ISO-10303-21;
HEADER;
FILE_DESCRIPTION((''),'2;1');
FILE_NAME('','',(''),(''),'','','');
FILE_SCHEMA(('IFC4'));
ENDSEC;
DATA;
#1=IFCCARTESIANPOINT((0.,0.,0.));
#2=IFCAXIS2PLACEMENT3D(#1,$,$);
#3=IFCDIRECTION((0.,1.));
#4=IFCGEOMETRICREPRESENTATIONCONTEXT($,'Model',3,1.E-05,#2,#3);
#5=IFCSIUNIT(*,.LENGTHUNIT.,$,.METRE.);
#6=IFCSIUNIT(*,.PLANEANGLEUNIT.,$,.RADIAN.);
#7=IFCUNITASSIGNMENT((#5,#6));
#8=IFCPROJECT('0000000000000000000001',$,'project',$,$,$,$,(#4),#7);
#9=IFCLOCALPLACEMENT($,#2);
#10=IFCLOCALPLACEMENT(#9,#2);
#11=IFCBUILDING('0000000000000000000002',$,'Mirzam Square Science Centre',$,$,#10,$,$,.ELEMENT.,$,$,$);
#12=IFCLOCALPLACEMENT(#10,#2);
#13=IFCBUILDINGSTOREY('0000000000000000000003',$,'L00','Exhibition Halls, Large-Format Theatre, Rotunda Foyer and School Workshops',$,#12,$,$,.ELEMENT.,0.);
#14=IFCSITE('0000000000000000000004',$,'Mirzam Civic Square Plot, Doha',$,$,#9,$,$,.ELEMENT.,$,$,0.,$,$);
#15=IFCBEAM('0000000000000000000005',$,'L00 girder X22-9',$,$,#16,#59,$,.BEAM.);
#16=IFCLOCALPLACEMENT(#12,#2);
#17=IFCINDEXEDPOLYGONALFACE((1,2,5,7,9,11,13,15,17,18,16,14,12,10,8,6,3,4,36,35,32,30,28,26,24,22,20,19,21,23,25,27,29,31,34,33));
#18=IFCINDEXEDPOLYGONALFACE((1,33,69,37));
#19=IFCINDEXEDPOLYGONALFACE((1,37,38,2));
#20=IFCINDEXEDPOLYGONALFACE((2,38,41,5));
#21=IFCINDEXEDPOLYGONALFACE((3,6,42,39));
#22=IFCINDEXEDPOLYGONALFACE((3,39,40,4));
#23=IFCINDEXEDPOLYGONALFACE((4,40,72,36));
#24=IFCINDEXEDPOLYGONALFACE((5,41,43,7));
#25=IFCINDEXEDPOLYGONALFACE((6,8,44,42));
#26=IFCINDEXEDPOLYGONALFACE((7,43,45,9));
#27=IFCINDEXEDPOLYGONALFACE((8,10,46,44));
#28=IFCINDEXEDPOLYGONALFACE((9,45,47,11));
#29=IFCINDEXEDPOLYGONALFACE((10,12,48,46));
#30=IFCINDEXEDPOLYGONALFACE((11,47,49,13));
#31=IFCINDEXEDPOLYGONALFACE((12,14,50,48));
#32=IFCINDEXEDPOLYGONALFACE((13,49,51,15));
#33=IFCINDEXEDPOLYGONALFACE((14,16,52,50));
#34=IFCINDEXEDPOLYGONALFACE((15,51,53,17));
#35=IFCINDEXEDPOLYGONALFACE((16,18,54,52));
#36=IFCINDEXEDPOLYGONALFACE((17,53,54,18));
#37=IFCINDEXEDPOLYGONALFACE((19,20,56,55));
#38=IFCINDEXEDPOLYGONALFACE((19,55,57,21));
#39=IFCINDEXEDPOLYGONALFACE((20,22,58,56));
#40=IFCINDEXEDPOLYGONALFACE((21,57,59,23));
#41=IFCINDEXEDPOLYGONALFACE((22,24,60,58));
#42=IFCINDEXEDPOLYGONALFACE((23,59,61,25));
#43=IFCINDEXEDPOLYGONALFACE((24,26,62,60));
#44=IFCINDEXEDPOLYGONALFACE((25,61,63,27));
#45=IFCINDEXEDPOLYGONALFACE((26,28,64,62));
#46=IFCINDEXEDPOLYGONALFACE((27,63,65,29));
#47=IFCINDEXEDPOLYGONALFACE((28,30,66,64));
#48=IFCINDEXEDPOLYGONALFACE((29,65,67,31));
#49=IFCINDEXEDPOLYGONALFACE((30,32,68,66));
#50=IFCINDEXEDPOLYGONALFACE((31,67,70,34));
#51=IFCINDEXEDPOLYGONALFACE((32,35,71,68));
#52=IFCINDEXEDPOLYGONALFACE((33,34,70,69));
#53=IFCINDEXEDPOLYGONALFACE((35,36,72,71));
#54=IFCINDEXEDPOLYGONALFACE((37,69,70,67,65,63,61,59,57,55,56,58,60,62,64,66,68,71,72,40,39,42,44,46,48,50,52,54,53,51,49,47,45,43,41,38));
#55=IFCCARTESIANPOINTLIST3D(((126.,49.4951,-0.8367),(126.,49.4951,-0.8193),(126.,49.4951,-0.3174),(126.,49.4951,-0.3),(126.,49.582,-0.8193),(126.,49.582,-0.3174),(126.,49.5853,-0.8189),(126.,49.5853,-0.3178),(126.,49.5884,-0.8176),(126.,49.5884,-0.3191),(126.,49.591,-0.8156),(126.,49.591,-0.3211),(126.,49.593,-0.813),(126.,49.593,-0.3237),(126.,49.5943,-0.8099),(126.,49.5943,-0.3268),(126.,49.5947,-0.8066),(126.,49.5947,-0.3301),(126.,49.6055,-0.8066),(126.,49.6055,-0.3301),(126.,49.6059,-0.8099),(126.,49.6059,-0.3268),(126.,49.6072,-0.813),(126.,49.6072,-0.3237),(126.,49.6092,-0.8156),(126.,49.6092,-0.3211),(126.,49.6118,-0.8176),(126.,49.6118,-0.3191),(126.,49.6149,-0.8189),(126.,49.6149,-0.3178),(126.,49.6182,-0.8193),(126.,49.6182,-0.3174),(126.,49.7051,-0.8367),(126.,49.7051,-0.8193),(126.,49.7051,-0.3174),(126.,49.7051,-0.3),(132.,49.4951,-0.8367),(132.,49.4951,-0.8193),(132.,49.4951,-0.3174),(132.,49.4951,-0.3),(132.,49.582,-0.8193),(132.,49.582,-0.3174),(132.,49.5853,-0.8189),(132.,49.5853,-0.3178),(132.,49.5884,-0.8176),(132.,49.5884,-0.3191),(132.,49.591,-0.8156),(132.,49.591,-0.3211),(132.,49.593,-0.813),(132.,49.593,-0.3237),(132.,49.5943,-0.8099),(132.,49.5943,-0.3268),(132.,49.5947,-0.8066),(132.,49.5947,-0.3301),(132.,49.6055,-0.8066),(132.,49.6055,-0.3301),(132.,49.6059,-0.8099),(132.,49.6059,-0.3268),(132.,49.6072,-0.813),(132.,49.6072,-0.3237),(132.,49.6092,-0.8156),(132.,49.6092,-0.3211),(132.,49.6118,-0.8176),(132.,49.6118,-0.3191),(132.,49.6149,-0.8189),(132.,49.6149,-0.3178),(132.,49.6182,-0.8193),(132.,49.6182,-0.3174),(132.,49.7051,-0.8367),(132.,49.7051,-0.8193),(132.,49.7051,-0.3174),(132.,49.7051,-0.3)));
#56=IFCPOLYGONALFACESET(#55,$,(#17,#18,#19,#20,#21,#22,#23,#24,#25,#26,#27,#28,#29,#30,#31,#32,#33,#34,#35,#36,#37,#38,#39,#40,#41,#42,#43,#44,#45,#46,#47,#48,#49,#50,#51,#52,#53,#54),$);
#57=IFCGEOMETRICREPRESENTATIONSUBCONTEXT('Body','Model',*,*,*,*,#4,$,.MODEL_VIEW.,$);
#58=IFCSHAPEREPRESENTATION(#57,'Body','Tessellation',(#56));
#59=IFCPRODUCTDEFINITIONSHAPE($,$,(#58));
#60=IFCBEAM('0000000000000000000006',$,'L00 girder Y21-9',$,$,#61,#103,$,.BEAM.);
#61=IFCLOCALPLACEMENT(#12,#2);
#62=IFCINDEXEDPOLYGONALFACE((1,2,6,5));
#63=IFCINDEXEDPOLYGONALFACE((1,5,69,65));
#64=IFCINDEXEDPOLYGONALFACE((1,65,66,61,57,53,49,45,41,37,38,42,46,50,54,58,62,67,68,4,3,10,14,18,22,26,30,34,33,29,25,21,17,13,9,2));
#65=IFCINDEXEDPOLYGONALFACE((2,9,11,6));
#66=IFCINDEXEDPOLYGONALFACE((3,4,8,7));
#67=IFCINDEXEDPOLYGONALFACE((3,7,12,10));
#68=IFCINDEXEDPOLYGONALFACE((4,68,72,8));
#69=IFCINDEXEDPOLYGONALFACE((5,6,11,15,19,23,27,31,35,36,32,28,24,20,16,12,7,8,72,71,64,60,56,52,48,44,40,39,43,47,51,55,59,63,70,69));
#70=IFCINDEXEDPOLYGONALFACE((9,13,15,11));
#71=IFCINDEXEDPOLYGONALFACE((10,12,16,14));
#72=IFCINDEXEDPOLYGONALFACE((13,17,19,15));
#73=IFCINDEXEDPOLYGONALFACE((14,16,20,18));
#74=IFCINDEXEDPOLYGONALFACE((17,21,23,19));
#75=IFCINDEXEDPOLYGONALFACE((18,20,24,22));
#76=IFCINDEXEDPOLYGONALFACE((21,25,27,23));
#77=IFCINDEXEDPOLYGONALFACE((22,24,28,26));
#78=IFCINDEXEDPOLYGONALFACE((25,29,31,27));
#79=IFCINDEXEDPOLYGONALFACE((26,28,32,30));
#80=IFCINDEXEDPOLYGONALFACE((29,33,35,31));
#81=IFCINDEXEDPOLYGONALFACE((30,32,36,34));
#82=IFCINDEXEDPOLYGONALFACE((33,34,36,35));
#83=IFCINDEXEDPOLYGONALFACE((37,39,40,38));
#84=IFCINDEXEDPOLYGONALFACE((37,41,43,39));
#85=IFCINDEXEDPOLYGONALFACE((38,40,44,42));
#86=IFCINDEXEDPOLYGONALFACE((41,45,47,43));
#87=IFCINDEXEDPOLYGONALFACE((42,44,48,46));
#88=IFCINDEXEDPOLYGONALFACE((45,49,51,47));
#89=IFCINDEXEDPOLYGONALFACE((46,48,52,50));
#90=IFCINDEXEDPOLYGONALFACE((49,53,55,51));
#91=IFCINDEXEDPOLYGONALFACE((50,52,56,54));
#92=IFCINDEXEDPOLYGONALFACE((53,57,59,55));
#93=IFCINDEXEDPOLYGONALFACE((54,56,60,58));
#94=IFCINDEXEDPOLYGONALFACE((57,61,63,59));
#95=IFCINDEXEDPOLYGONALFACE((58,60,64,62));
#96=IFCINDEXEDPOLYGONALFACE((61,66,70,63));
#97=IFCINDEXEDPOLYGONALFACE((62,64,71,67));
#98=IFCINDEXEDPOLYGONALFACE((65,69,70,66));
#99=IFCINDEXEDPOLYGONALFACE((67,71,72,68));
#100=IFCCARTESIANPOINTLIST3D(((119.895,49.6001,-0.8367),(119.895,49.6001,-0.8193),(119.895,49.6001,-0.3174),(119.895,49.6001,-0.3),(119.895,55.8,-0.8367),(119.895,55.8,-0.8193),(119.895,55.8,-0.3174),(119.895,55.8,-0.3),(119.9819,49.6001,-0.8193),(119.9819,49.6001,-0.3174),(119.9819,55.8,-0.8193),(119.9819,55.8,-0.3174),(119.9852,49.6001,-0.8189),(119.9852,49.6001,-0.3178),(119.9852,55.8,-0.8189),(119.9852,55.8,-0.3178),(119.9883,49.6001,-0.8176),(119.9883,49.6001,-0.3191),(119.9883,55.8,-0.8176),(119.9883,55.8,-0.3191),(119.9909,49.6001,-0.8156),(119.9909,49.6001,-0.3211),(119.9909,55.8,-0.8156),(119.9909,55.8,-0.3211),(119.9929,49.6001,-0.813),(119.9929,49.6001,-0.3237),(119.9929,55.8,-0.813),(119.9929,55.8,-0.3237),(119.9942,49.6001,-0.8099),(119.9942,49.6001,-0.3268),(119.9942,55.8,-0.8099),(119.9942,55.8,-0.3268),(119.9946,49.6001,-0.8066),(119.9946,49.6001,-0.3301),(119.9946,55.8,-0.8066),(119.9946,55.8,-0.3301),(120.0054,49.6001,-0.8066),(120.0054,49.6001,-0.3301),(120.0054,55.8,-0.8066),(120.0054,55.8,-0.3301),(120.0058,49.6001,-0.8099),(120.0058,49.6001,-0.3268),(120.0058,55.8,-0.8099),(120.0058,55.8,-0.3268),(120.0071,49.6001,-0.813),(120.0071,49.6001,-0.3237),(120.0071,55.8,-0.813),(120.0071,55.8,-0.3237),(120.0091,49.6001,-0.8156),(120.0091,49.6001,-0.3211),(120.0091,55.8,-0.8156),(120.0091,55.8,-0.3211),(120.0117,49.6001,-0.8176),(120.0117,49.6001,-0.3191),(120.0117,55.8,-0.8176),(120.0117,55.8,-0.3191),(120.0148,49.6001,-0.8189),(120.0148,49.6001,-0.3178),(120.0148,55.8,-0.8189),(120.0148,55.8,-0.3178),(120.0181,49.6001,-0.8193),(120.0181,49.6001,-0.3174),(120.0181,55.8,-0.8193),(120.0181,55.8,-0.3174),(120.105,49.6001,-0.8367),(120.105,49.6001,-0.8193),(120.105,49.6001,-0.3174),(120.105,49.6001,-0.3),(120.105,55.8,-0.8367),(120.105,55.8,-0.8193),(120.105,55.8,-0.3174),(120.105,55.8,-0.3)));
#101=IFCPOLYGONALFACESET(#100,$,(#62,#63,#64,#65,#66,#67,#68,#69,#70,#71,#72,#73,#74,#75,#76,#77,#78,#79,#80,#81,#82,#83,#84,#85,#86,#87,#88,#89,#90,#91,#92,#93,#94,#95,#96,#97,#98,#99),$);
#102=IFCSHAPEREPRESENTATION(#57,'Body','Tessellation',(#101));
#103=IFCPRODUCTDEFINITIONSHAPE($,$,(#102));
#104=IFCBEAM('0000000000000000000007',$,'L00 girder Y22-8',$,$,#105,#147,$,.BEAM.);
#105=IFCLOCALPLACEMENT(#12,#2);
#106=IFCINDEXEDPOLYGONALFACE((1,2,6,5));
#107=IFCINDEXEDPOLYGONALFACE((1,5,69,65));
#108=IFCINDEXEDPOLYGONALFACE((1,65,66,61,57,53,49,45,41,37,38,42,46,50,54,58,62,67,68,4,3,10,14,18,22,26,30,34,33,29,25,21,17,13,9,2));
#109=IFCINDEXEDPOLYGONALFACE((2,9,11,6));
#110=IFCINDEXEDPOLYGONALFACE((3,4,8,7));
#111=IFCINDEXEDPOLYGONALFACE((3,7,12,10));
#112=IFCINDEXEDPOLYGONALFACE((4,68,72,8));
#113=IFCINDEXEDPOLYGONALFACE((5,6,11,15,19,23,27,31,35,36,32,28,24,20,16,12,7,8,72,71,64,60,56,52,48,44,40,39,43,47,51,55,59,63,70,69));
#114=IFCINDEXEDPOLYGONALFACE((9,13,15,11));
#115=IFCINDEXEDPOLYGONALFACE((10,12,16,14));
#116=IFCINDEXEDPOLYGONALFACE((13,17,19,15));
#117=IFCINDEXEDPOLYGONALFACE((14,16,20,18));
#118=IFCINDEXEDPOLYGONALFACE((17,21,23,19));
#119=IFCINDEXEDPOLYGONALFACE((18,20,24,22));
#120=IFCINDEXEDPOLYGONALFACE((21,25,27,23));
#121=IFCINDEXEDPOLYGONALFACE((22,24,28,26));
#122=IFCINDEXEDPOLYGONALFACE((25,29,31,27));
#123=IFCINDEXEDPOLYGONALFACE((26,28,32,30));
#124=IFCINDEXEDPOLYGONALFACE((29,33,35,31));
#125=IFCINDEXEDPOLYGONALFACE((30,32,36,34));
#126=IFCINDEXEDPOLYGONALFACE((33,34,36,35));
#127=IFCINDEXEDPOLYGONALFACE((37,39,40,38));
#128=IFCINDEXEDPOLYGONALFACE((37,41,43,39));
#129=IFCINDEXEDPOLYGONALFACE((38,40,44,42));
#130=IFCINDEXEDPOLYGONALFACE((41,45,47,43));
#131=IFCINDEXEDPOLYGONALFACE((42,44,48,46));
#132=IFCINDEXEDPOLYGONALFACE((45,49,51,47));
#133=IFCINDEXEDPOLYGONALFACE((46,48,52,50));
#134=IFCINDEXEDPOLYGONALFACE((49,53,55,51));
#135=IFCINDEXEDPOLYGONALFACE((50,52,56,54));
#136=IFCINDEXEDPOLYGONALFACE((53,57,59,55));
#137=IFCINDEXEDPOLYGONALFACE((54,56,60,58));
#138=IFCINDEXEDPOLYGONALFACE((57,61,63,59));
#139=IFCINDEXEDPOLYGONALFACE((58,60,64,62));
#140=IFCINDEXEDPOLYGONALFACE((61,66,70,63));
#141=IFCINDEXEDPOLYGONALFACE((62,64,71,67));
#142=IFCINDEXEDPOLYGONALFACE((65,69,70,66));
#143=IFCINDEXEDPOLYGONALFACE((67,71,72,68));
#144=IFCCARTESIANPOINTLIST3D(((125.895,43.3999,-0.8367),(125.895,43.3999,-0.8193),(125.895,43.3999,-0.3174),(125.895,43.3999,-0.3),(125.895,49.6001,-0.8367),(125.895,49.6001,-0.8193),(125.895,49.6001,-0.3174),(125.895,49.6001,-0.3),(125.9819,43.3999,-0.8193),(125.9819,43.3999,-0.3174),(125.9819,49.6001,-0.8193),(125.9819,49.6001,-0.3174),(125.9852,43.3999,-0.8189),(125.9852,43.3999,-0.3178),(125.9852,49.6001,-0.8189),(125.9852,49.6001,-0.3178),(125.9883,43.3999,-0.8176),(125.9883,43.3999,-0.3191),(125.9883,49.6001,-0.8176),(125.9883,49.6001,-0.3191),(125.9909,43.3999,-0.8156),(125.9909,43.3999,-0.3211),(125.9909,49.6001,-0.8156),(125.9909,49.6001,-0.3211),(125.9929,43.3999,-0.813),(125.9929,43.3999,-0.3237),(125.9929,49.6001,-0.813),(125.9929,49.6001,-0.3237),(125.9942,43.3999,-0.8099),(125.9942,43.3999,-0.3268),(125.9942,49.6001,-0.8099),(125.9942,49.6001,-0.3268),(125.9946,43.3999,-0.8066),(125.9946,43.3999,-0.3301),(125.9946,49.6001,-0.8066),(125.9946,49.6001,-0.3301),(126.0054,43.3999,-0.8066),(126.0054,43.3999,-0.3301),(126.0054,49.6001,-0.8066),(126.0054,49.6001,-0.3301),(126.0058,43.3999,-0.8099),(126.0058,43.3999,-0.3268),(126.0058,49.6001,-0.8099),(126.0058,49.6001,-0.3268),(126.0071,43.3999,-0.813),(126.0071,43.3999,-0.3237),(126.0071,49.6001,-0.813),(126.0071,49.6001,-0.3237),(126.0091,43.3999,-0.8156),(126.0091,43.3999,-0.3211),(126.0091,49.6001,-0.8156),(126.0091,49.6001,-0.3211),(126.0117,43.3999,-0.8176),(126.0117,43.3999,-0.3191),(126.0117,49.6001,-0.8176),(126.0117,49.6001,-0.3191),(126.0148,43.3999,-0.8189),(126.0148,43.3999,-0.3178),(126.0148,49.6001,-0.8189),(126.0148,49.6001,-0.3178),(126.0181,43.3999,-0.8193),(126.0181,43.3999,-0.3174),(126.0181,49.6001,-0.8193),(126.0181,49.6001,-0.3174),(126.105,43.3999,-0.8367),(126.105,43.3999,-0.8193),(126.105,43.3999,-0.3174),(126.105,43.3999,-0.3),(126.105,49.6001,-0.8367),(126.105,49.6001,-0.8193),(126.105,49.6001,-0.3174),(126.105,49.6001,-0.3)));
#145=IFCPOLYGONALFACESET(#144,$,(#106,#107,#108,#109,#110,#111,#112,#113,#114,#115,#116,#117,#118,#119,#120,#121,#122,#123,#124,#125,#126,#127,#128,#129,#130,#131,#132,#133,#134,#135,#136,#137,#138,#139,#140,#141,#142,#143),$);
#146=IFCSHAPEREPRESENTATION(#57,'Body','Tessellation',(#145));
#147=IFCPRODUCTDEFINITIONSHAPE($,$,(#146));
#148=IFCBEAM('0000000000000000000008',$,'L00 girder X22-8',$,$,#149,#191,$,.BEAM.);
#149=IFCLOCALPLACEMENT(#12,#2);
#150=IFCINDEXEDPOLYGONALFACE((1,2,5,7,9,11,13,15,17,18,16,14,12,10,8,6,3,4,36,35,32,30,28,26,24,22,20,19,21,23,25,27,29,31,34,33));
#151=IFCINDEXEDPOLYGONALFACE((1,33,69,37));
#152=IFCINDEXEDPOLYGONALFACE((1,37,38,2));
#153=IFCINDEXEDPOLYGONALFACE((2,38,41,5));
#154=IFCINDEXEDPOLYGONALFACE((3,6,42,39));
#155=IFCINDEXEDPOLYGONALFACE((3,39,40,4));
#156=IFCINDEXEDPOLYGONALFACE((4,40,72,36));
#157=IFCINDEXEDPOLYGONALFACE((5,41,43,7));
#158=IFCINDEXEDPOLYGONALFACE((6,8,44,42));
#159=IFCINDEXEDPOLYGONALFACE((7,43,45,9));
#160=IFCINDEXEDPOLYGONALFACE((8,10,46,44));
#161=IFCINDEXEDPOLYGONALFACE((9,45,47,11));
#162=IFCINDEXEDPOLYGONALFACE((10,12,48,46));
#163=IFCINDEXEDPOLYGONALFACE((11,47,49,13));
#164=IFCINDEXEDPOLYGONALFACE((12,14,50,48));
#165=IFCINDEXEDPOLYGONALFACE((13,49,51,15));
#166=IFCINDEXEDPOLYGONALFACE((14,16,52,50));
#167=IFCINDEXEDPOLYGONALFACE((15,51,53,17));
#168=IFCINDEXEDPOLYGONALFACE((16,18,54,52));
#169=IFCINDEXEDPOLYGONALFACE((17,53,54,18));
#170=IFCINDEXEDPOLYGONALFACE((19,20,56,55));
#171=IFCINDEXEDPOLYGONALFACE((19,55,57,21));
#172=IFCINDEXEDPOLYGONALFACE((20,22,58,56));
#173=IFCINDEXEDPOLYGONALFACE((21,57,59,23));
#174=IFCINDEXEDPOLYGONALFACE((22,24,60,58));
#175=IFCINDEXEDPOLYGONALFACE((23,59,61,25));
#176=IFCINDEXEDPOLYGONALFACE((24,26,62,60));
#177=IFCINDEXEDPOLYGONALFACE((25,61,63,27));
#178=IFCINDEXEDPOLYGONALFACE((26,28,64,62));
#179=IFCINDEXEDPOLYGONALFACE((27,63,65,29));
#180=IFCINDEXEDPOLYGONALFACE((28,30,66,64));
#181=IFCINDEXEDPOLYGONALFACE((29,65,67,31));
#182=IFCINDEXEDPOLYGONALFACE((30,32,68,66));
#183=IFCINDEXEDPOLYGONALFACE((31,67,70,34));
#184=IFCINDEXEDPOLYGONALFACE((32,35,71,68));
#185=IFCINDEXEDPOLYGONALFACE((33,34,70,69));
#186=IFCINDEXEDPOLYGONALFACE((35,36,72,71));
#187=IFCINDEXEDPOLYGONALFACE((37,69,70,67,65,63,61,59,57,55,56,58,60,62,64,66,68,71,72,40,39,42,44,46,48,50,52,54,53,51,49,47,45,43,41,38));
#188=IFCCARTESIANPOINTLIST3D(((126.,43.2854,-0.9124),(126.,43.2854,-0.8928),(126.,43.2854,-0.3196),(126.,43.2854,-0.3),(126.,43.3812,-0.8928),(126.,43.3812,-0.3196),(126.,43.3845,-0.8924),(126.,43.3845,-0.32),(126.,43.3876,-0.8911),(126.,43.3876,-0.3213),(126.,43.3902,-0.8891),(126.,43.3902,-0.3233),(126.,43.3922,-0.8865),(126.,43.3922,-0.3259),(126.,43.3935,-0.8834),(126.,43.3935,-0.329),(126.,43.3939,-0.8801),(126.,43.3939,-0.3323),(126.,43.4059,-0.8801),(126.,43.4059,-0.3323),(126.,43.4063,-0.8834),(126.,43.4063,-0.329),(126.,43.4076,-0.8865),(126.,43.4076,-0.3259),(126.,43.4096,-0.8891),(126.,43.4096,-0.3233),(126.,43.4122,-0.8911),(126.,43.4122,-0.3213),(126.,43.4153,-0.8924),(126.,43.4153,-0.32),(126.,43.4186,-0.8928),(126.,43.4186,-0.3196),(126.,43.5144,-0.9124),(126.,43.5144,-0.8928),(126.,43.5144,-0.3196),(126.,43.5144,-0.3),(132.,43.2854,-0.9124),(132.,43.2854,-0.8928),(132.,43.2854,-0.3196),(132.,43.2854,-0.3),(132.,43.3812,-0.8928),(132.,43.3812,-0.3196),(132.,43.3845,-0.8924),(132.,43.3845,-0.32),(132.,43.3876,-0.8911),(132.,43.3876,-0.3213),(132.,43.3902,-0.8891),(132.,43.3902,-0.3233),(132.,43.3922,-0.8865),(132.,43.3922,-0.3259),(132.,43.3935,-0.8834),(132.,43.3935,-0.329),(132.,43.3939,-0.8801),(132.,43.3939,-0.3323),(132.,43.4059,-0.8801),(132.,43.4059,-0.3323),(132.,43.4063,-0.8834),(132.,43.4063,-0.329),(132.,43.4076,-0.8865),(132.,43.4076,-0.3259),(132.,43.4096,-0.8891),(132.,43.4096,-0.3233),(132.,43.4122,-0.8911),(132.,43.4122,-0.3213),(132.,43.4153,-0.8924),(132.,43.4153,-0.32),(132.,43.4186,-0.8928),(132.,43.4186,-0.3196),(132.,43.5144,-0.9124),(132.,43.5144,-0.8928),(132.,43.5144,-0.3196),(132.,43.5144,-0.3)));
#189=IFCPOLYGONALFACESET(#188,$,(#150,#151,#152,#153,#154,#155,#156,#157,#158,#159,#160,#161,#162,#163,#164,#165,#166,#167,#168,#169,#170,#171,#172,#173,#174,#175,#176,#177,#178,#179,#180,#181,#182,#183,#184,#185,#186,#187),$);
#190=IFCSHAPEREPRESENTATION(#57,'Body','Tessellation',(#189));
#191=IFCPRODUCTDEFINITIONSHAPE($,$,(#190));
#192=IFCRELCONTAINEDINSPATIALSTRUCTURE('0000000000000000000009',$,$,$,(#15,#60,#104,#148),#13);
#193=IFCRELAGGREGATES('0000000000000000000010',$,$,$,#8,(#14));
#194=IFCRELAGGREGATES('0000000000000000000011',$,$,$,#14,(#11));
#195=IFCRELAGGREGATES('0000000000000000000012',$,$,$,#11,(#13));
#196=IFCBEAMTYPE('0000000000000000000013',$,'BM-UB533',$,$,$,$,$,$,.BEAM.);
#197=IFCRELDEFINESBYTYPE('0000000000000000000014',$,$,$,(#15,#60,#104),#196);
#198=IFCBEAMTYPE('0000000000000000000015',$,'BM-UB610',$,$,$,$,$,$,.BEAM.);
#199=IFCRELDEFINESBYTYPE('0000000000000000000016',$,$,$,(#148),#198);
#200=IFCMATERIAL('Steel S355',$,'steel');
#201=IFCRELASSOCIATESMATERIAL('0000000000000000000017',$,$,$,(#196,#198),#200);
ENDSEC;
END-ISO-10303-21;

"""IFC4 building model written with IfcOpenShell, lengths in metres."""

from ifc_helpers import new_model, si_unit, direction, frame, origin, origin_2d, place, context, subcontext, project, spatial, i_section, extrude, material, material_profile, profile_set, type_object, element, save


model = new_model("IFC4")

# Units and contexts
model_context = context("Model", 3, precision=1e-05, world=origin(), true_north=direction((0.0, 1.0)))
body_context = subcontext(model_context, "Body", "Model", "MODEL_VIEW")
ifc_project = project(units=[si_unit("LENGTHUNIT", "METRE"), si_unit("PLANEANGLEUNIT", "RADIAN")], contexts=[model_context])

# Site, building, storey
site_placement = place(None, origin())
site = spatial("IfcSite", under=ifc_project, at=site_placement, Name="Mirzam Civic Square Plot, Doha", CompositionType="ELEMENT", RefElevation=0.0)
building_placement = place(site_placement, origin())
building = spatial("IfcBuilding", under=site, at=building_placement, Name="Mirzam Square Science Centre", CompositionType="ELEMENT")
storey_placement = place(building_placement, origin())
storey = spatial("IfcBuildingStorey", under=building, at=storey_placement, Name="L00", Description="Exhibition Halls, Large-Format Theatre, Rotunda Foyer and School Workshops", CompositionType="ELEMENT", Elevation=0.0)

# Shared definitions
ifc_material_1 = material(Name="Steel S355", Category="steel")

# Beams
ifc_material_profile_1 = material_profile(ifc_material_1, i_section(OverallWidth=0.21, OverallDepth=0.5366, WebThickness=0.0107, FlangeThickness=0.0173, FilletRadius=0.0127, at=origin_2d()), Name="533x210x101UB")
ifc_profile_set_1 = profile_set([ifc_material_profile_1], Name="Steel S355")
beam_type_1 = type_object("IfcBeamType", Name="BM-UB533", PredefinedType="BEAM", material=ifc_profile_set_1)
beam_1_placement = place(storey_placement, frame((126.0, 49.6001, -0.5684), z_axis=(1.0, 0.0, 0.0), x_axis=(0.0, 1.0, 0.0)))
element("IfcBeam", 1, at=beam_1_placement, inside=storey, type_object=beam_type_1, Name="L00 girder X22-9", PredefinedType="BEAM", context=body_context, shape_type="SweptSolid", body=[
    extrude(i_section(OverallWidth=0.21, OverallDepth=0.5366, WebThickness=0.0107, FlangeThickness=0.0173, FilletRadius=0.0127, at=origin_2d()), origin(), (0.0, 0.0, 1.0), 6.0),
])
beam_2_placement = place(storey_placement, frame((120.0, 49.6001, -0.5684), z_axis=(0.0, 1.0, 0.0), x_axis=(-1.0, 0.0, 0.0)))
element("IfcBeam", 2, at=beam_2_placement, inside=storey, type_object=beam_type_1, Name="L00 girder Y21-9", PredefinedType="BEAM", context=body_context, shape_type="SweptSolid", body=[
    extrude(i_section(OverallWidth=0.21, OverallDepth=0.5366, WebThickness=0.0107, FlangeThickness=0.0173, FilletRadius=0.0127, at=origin_2d()), origin(), (0.0, 0.0, 1.0), 6.2),
])
beam_3_placement = place(storey_placement, frame((126.0, 43.3999, -0.5684), z_axis=(0.0, 1.0, 0.0), x_axis=(-1.0, 0.0, 0.0)))
element("IfcBeam", 3, at=beam_3_placement, inside=storey, type_object=beam_type_1, Name="L00 girder Y22-8", PredefinedType="BEAM", context=body_context, shape_type="SweptSolid", body=[
    extrude(i_section(OverallWidth=0.21, OverallDepth=0.5366, WebThickness=0.0107, FlangeThickness=0.0173, FilletRadius=0.0127, at=origin_2d()), origin(), (0.0, 0.0, 1.0), 6.2002),
])
ifc_material_profile_2 = material_profile(ifc_material_1, i_section(OverallWidth=0.229, OverallDepth=0.6123, WebThickness=0.012, FlangeThickness=0.0195, FilletRadius=0.0127, at=origin_2d()), Name="610x229x125UB")
ifc_profile_set_2 = profile_set([ifc_material_profile_2], Name="Steel S355")
beam_type_2 = type_object("IfcBeamType", Name="BM-UB610", PredefinedType="BEAM", material=ifc_profile_set_2)
for number, where, z_axis, x_axis, name in (
    (4, (126.0, 43.3999, -0.6062), (1.0, 0.0, 0.0), (0.0, 1.0, 0.0), "L00 girder X22-8"),
):
    element("IfcBeam", number, at=place(storey_placement, frame(where, z_axis=z_axis, x_axis=x_axis)), inside=storey, type_object=beam_type_2, Name=name, PredefinedType="BEAM", context=body_context, shape_type="SweptSolid", body=[
        extrude(i_section(OverallWidth=0.229, OverallDepth=0.6123, WebThickness=0.012, FlangeThickness=0.0195, FilletRadius=0.0127, at=origin_2d()), origin(), (0.0, 0.0, 1.0), 6.0),
    ])

save(model, "model.ifc")
